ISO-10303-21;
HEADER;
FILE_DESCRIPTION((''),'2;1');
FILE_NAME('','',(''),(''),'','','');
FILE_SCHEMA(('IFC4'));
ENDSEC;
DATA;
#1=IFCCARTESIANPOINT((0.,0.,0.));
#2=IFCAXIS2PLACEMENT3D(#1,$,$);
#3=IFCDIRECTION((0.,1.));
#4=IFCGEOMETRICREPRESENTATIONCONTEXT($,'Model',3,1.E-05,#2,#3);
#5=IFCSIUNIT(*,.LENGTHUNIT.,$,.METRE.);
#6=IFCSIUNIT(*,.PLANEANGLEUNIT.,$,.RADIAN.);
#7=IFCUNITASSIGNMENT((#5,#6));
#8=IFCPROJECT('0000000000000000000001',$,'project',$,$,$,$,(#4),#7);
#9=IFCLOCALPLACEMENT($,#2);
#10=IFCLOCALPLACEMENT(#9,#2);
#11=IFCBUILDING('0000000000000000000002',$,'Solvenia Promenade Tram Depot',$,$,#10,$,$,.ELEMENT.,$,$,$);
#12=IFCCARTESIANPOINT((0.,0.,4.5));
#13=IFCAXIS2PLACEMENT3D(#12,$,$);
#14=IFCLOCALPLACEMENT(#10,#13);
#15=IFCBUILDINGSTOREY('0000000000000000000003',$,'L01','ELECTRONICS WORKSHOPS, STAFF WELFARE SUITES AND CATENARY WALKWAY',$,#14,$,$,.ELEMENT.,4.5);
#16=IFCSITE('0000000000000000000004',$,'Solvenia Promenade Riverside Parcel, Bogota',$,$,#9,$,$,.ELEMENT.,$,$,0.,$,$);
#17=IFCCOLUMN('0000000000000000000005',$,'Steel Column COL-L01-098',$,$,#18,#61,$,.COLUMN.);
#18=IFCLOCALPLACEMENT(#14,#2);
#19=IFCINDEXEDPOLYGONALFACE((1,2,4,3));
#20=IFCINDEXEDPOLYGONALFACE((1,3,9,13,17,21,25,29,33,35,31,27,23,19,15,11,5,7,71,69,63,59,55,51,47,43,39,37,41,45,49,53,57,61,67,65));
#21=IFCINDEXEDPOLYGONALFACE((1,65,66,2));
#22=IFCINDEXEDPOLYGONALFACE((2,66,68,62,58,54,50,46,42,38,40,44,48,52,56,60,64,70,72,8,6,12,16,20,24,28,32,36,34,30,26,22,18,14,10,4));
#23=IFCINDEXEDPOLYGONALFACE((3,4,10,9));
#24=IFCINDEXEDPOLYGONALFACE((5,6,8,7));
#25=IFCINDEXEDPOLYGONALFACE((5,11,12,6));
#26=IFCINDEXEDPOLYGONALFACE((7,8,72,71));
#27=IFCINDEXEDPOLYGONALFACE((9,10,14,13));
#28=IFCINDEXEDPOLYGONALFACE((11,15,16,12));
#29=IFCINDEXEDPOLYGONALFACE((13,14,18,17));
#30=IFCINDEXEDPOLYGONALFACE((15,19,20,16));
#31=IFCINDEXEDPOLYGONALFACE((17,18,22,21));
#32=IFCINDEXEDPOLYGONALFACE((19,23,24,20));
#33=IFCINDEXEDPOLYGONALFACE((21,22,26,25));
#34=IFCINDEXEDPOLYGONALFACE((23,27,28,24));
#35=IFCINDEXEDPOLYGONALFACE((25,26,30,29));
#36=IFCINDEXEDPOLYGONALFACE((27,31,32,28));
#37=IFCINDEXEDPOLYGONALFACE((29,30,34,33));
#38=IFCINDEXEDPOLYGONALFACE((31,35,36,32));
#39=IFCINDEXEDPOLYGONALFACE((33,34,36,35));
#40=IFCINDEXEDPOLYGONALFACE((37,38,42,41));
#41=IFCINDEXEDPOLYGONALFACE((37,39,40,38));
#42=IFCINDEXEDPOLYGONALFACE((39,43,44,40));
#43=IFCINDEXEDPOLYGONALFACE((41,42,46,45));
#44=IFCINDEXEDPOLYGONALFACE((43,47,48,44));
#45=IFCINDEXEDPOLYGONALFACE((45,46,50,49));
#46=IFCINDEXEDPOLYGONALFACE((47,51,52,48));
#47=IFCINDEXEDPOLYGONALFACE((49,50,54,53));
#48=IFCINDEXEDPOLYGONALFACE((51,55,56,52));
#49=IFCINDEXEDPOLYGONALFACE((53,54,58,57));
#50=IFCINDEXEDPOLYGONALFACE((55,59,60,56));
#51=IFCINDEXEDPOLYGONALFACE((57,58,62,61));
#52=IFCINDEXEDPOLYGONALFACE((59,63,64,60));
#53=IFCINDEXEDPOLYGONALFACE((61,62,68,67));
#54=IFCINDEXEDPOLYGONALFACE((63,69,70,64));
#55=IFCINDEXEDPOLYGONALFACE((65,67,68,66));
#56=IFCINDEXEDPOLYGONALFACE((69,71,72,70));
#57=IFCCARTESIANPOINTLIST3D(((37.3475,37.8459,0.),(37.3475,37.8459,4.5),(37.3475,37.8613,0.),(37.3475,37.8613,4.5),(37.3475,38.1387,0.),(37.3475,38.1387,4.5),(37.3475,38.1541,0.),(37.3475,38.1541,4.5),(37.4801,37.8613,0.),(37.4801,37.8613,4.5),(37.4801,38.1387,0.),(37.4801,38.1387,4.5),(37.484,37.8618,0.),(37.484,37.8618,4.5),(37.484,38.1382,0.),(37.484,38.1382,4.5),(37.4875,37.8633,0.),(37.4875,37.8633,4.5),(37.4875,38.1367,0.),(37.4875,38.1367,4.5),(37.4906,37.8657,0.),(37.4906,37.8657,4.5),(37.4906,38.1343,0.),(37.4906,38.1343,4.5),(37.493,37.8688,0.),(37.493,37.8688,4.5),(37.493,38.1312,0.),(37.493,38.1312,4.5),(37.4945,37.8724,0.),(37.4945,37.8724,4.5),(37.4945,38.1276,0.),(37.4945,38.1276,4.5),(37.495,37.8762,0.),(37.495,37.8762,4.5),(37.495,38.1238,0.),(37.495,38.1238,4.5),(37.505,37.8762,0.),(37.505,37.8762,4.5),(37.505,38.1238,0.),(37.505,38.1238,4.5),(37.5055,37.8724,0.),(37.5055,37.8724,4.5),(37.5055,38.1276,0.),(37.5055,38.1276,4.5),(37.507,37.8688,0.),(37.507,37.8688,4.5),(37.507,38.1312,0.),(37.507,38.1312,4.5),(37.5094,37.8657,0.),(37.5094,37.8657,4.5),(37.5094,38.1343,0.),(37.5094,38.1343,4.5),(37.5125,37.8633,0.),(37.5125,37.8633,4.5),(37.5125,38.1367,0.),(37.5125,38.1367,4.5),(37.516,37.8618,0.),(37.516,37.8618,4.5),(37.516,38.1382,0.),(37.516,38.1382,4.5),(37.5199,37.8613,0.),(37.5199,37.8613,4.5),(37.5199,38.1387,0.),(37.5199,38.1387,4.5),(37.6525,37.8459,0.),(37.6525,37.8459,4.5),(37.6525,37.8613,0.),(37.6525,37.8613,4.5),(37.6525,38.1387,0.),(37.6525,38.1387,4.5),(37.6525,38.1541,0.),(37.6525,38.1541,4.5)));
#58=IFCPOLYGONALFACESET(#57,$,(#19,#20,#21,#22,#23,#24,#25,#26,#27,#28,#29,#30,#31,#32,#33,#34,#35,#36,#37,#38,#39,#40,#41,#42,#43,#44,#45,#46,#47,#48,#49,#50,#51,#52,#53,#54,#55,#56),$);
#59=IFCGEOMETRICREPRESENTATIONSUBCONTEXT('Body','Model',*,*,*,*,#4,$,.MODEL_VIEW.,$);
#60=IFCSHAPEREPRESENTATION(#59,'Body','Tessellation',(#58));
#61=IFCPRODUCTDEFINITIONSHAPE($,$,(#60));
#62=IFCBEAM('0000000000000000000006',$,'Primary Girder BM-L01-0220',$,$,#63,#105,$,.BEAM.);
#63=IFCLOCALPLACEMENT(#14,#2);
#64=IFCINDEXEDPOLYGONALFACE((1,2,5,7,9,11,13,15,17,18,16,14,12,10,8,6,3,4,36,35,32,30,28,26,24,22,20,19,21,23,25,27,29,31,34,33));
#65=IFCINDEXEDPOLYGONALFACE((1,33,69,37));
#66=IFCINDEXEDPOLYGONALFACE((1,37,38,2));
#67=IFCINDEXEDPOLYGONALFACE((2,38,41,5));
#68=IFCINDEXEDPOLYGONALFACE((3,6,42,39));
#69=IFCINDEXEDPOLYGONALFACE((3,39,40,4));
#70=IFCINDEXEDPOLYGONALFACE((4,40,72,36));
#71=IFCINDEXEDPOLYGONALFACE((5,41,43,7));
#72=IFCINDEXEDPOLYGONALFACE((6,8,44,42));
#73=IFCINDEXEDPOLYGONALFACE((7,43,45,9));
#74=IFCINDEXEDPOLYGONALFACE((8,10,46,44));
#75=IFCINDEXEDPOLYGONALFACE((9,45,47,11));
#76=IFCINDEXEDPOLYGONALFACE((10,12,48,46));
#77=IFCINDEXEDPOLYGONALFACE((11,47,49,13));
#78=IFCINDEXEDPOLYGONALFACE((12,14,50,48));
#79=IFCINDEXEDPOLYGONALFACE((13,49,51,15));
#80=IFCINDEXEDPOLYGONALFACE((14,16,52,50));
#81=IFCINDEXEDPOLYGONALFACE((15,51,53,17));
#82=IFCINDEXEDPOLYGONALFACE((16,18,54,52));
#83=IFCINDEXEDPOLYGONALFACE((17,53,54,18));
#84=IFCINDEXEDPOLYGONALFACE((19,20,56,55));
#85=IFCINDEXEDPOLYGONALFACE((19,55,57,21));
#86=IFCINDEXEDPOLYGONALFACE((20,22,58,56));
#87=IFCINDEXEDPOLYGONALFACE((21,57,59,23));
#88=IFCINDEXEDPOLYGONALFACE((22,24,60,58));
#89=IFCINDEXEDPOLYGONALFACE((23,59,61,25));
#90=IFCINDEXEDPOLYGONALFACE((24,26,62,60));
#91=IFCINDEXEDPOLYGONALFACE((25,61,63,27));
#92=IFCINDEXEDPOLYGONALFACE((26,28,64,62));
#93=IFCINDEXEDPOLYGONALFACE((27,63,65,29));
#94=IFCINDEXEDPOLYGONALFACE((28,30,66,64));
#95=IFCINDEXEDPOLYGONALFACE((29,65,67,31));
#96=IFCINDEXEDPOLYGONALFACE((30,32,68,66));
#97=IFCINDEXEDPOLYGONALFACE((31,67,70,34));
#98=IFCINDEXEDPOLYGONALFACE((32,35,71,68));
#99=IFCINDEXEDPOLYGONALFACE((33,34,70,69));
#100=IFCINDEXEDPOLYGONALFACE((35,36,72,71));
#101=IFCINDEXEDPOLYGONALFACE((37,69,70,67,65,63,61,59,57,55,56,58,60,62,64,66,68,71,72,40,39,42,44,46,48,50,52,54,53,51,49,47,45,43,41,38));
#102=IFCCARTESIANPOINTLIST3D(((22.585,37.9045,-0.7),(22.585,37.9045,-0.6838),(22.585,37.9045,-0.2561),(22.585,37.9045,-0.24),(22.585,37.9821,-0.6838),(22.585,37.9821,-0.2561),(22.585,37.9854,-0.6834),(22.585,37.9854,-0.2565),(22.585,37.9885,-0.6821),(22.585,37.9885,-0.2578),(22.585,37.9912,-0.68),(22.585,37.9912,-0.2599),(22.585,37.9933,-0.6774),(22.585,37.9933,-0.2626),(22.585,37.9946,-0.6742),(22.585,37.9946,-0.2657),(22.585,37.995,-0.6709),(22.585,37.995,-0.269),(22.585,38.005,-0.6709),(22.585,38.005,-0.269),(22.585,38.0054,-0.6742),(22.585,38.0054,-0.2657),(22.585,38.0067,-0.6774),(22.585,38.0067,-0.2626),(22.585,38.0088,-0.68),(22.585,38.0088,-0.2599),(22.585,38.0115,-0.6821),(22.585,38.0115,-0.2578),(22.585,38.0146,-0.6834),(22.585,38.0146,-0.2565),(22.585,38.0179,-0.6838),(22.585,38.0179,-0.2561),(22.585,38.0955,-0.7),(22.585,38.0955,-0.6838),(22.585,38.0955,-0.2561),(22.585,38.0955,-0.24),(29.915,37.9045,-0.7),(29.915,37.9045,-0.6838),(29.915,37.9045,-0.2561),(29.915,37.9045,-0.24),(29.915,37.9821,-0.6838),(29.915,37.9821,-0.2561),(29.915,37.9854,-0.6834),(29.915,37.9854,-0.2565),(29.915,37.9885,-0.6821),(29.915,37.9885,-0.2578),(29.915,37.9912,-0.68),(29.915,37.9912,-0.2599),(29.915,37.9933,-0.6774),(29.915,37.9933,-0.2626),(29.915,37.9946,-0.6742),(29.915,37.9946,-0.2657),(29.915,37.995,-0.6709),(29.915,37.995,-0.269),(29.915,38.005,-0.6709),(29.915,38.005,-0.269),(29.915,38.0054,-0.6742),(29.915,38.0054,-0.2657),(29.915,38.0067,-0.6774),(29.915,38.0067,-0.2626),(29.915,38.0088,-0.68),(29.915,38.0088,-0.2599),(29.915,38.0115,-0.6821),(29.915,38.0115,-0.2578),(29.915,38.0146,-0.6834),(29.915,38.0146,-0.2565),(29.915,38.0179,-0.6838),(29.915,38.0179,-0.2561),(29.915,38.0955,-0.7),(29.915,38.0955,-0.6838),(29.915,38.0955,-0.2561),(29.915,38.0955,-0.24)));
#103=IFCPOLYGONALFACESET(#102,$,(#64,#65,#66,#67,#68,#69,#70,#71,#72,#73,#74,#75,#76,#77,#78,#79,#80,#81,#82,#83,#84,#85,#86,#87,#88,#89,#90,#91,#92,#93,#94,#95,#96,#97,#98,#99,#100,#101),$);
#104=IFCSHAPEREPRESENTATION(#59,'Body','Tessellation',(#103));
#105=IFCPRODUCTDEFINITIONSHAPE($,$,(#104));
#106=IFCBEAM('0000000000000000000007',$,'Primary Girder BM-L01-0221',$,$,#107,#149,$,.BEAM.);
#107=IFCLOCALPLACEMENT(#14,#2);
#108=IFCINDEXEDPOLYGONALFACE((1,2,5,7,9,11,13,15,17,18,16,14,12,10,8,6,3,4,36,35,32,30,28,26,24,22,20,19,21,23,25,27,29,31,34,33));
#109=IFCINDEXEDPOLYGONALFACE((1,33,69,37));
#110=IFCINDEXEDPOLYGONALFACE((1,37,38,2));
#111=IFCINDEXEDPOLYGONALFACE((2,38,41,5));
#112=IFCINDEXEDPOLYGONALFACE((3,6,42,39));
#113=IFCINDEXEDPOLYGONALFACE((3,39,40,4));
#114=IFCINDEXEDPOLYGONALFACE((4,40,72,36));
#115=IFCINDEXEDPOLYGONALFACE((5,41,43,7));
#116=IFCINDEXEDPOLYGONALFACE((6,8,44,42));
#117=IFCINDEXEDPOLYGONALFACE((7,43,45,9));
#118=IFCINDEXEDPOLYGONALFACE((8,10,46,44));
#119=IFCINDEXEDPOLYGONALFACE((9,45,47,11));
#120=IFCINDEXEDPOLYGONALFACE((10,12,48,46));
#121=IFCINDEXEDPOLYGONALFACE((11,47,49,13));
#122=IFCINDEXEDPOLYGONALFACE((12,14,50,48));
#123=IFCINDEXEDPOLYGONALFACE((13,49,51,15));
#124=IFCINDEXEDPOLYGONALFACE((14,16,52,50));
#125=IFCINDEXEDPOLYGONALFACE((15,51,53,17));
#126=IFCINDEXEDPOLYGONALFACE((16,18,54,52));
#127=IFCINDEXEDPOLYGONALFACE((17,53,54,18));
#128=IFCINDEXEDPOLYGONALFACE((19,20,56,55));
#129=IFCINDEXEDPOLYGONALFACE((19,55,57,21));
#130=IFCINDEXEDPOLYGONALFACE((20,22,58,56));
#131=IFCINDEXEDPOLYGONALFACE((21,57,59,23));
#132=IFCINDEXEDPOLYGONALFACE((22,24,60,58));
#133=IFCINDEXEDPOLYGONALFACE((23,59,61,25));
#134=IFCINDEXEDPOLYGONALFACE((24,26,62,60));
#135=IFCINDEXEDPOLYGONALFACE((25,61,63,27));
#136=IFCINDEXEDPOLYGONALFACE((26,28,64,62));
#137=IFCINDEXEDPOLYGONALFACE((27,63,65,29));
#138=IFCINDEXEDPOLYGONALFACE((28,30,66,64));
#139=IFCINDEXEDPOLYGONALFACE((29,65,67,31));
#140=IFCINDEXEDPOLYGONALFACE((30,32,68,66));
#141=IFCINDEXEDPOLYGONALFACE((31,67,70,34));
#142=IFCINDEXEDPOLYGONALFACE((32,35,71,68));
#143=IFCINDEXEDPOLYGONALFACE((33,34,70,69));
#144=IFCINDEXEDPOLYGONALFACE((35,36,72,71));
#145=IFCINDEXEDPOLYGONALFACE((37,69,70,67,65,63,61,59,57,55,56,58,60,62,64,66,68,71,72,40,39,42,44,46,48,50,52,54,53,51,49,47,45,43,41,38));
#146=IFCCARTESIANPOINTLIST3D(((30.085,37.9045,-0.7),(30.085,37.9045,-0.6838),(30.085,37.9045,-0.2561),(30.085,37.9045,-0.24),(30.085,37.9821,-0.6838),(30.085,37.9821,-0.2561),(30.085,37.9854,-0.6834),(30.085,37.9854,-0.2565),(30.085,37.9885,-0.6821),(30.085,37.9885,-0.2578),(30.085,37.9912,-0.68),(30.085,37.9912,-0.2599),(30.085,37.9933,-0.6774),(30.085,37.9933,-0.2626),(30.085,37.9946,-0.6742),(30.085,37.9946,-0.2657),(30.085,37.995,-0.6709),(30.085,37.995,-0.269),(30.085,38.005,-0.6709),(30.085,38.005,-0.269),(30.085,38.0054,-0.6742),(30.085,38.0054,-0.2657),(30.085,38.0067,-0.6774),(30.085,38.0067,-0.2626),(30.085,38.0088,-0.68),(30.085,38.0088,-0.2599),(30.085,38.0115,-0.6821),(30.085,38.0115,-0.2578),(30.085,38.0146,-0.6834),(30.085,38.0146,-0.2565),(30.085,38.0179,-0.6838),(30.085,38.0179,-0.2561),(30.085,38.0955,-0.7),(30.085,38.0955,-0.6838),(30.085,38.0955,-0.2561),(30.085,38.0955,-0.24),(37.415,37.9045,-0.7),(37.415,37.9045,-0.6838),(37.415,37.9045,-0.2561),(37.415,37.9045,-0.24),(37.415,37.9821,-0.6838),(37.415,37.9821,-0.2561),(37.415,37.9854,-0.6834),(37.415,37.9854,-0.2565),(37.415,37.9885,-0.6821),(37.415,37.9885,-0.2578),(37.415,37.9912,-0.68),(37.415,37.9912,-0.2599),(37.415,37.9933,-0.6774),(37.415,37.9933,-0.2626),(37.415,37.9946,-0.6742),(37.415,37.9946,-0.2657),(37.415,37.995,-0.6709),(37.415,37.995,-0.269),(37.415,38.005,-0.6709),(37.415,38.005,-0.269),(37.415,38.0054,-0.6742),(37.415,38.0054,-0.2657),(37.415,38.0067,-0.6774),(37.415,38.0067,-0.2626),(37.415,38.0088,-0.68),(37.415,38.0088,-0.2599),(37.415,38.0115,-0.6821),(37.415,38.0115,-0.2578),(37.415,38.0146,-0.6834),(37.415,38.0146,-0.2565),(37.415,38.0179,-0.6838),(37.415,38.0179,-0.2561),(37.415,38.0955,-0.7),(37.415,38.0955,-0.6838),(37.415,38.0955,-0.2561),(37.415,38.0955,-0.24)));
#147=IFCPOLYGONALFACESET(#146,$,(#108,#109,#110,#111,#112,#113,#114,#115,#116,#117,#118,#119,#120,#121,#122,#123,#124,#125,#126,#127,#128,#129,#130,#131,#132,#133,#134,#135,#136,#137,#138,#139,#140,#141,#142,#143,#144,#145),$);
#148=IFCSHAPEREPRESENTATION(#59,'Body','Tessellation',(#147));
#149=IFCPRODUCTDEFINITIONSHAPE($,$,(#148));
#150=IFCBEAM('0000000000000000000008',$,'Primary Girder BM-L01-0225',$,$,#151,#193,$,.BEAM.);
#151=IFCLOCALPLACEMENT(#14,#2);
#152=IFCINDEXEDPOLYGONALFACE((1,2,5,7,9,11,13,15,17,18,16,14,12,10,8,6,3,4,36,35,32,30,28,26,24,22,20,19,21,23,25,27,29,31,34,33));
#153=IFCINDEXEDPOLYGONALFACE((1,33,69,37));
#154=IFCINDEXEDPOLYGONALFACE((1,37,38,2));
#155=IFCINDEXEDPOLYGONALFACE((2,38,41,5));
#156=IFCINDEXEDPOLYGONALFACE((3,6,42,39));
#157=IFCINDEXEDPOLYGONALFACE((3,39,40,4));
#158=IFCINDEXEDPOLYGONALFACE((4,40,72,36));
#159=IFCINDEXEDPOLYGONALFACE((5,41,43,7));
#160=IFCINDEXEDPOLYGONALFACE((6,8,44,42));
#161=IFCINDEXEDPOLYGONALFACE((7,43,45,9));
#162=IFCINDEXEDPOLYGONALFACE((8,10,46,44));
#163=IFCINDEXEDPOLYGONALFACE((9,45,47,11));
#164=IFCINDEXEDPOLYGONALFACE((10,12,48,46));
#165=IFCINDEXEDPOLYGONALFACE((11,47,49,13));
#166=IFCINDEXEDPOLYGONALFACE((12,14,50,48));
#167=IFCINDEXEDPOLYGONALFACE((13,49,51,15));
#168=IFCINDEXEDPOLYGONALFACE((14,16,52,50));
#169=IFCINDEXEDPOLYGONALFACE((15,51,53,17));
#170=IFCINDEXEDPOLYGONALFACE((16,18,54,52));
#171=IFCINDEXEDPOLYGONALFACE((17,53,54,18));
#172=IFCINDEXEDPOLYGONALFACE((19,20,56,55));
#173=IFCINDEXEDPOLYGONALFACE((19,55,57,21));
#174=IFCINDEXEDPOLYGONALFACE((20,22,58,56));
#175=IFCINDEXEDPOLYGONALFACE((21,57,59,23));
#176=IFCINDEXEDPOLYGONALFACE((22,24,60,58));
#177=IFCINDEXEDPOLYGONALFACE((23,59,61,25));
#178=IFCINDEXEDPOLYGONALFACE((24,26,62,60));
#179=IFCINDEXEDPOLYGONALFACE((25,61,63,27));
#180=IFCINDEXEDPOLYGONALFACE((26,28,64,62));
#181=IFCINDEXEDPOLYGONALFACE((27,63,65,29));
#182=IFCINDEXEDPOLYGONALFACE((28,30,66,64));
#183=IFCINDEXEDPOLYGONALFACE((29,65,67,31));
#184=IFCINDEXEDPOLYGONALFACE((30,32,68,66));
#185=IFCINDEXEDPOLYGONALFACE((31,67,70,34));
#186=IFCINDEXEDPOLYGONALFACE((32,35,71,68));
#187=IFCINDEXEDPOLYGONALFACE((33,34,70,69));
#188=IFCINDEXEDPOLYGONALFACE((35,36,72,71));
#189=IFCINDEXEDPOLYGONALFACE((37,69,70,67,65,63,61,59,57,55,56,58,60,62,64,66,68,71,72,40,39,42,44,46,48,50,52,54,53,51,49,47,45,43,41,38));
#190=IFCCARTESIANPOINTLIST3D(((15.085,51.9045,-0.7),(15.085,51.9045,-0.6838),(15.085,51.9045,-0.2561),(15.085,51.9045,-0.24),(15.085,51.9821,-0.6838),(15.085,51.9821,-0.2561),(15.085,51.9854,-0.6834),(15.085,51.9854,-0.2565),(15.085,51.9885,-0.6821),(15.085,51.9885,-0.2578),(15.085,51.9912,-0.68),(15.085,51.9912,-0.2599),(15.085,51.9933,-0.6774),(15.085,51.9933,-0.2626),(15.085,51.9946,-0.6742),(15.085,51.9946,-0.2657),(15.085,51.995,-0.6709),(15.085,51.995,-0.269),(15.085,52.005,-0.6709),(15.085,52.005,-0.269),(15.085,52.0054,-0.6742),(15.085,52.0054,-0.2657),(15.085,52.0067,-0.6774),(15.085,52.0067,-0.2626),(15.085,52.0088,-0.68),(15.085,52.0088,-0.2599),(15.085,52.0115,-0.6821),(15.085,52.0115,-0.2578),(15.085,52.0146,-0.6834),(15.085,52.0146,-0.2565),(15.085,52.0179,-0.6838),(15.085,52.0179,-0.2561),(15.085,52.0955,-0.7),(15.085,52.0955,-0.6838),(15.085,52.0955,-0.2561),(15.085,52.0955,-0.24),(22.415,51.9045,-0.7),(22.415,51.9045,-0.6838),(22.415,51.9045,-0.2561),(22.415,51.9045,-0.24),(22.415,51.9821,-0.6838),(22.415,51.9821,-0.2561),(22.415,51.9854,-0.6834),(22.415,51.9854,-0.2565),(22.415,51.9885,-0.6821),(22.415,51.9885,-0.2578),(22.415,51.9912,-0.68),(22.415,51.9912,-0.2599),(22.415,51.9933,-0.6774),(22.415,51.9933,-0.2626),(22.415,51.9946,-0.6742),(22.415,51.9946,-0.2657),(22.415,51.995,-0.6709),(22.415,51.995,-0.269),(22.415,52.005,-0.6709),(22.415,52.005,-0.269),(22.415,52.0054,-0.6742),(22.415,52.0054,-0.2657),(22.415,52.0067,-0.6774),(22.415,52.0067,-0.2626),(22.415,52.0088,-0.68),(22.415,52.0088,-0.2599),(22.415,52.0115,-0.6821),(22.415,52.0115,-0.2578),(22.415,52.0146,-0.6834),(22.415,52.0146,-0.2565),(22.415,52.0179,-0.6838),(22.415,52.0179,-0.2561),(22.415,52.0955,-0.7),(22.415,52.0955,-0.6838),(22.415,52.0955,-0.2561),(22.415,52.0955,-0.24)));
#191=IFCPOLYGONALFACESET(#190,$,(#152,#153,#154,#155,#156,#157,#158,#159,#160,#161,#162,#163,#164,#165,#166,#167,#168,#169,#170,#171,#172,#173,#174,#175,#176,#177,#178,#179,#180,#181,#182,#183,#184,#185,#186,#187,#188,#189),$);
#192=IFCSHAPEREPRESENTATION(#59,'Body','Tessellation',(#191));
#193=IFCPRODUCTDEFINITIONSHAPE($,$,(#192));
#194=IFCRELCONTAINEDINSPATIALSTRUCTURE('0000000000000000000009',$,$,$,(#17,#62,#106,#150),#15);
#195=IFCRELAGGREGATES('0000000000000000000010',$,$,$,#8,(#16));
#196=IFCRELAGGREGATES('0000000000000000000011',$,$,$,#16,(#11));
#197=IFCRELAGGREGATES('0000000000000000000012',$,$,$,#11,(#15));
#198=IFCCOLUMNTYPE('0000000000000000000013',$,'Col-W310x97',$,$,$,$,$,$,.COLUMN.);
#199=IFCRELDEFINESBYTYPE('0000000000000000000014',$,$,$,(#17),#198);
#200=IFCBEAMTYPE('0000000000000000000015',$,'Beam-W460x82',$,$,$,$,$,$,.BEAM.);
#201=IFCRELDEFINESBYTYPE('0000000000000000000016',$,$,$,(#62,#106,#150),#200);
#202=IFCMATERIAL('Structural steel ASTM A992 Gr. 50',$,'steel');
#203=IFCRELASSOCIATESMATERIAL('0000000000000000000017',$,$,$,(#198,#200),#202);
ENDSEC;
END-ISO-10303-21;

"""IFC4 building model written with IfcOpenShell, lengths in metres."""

from ifc_helpers import new_model, si_unit, direction, frame, origin, origin_2d, place, context, subcontext, project, spatial, i_section, extrude, material, material_profile, profile_set, type_object, element, save


model = new_model("IFC4")

# Units and contexts
model_context = context("Model", 3, precision=1e-05, world=origin(), true_north=direction((0.0, 1.0)))
body_context = subcontext(model_context, "Body", "Model", "MODEL_VIEW")
ifc_project = project(units=[si_unit("LENGTHUNIT", "METRE"), si_unit("PLANEANGLEUNIT", "RADIAN")], contexts=[model_context])

# Site, building, storey
site_placement = place(None, origin())
site = spatial("IfcSite", under=ifc_project, at=site_placement, Name="Solvenia Promenade Riverside Parcel, Bogota", CompositionType="ELEMENT", RefElevation=0.0)
building_placement = place(site_placement, origin())
building = spatial("IfcBuilding", under=site, at=building_placement, Name="Solvenia Promenade Tram Depot", CompositionType="ELEMENT")
storey_placement = place(building_placement, frame((0.0, 0.0, 4.5)))
storey = spatial("IfcBuildingStorey", under=building, at=storey_placement, Name="L01", Description="ELECTRONICS WORKSHOPS, STAFF WELFARE SUITES AND CATENARY WALKWAY", CompositionType="ELEMENT", Elevation=4.5)

# Column
ifc_material_1 = material(Name="Structural steel ASTM A992 Gr. 50", Category="steel")
ifc_material_profile_1 = material_profile(ifc_material_1, i_section(OverallWidth=0.3049, OverallDepth=0.3081, WebThickness=0.01, FlangeThickness=0.0154, FilletRadius=0.0149, at=origin_2d()), Name="W310x97", Category="steel")
ifc_profile_set_1 = profile_set([ifc_material_profile_1], Name="Structural steel ASTM A992 Gr. 50")
column_type = type_object("IfcColumnType", Name="Col-W310x97", PredefinedType="COLUMN", material=ifc_profile_set_1)
for number, where, z_axis, x_axis, name in (
    (1, (37.5, 38.0, 0.0), (0.0, 0.0, 1.0), (1.0, 0.0, 0.0), "Steel Column COL-L01-098"),
):
    element("IfcColumn", number, at=place(storey_placement, frame(where, z_axis=z_axis, x_axis=x_axis)), inside=storey, type_object=column_type, Name=name, PredefinedType="COLUMN", context=body_context, shape_type="SweptSolid", body=[
        extrude(i_section(OverallWidth=0.3049, OverallDepth=0.3081, WebThickness=0.01, FlangeThickness=0.0154, FilletRadius=0.0149, at=origin_2d()), origin(), (0.0, 0.0, 1.0), 4.5),
    ])

# Beams
ifc_material_profile_2 = material_profile(ifc_material_1, i_section(OverallWidth=0.1909, OverallDepth=0.46, WebThickness=0.01, FlangeThickness=0.0161, FilletRadius=0.0129, at=origin_2d()), Name="W460x82", Category="steel")
ifc_profile_set_2 = profile_set([ifc_material_profile_2], Name="Structural steel ASTM A992 Gr. 50")
beam_type_1 = type_object("IfcBeamType", Name="Beam-W460x82", PredefinedType="BEAM", material=ifc_profile_set_2)
for number, where, z_axis, x_axis, name in (
    (2, (22.585, 38.0, -0.47), (1.0, 0.0, 0.0), (0.0, 1.0, 0.0), "Primary Girder BM-L01-0220"),
    (3, (30.085, 38.0, -0.47), (1.0, 0.0, 0.0), (0.0, 1.0, 0.0), "Primary Girder BM-L01-0221"),
    (4, (15.085, 52.0, -0.47), (1.0, 0.0, 0.0), (0.0, 1.0, 0.0), "Primary Girder BM-L01-0225"),
):
    element("IfcBeam", number, at=place(storey_placement, frame(where, z_axis=z_axis, x_axis=x_axis)), inside=storey, type_object=beam_type_1, Name=name, PredefinedType="BEAM", context=body_context, shape_type="SweptSolid", body=[
        extrude(i_section(OverallWidth=0.1909, OverallDepth=0.46, WebThickness=0.01, FlangeThickness=0.0161, FilletRadius=0.0129, at=origin_2d()), origin(), (0.0, 0.0, 1.0), 7.3301),
    ])

save(model, "model.ifc")
